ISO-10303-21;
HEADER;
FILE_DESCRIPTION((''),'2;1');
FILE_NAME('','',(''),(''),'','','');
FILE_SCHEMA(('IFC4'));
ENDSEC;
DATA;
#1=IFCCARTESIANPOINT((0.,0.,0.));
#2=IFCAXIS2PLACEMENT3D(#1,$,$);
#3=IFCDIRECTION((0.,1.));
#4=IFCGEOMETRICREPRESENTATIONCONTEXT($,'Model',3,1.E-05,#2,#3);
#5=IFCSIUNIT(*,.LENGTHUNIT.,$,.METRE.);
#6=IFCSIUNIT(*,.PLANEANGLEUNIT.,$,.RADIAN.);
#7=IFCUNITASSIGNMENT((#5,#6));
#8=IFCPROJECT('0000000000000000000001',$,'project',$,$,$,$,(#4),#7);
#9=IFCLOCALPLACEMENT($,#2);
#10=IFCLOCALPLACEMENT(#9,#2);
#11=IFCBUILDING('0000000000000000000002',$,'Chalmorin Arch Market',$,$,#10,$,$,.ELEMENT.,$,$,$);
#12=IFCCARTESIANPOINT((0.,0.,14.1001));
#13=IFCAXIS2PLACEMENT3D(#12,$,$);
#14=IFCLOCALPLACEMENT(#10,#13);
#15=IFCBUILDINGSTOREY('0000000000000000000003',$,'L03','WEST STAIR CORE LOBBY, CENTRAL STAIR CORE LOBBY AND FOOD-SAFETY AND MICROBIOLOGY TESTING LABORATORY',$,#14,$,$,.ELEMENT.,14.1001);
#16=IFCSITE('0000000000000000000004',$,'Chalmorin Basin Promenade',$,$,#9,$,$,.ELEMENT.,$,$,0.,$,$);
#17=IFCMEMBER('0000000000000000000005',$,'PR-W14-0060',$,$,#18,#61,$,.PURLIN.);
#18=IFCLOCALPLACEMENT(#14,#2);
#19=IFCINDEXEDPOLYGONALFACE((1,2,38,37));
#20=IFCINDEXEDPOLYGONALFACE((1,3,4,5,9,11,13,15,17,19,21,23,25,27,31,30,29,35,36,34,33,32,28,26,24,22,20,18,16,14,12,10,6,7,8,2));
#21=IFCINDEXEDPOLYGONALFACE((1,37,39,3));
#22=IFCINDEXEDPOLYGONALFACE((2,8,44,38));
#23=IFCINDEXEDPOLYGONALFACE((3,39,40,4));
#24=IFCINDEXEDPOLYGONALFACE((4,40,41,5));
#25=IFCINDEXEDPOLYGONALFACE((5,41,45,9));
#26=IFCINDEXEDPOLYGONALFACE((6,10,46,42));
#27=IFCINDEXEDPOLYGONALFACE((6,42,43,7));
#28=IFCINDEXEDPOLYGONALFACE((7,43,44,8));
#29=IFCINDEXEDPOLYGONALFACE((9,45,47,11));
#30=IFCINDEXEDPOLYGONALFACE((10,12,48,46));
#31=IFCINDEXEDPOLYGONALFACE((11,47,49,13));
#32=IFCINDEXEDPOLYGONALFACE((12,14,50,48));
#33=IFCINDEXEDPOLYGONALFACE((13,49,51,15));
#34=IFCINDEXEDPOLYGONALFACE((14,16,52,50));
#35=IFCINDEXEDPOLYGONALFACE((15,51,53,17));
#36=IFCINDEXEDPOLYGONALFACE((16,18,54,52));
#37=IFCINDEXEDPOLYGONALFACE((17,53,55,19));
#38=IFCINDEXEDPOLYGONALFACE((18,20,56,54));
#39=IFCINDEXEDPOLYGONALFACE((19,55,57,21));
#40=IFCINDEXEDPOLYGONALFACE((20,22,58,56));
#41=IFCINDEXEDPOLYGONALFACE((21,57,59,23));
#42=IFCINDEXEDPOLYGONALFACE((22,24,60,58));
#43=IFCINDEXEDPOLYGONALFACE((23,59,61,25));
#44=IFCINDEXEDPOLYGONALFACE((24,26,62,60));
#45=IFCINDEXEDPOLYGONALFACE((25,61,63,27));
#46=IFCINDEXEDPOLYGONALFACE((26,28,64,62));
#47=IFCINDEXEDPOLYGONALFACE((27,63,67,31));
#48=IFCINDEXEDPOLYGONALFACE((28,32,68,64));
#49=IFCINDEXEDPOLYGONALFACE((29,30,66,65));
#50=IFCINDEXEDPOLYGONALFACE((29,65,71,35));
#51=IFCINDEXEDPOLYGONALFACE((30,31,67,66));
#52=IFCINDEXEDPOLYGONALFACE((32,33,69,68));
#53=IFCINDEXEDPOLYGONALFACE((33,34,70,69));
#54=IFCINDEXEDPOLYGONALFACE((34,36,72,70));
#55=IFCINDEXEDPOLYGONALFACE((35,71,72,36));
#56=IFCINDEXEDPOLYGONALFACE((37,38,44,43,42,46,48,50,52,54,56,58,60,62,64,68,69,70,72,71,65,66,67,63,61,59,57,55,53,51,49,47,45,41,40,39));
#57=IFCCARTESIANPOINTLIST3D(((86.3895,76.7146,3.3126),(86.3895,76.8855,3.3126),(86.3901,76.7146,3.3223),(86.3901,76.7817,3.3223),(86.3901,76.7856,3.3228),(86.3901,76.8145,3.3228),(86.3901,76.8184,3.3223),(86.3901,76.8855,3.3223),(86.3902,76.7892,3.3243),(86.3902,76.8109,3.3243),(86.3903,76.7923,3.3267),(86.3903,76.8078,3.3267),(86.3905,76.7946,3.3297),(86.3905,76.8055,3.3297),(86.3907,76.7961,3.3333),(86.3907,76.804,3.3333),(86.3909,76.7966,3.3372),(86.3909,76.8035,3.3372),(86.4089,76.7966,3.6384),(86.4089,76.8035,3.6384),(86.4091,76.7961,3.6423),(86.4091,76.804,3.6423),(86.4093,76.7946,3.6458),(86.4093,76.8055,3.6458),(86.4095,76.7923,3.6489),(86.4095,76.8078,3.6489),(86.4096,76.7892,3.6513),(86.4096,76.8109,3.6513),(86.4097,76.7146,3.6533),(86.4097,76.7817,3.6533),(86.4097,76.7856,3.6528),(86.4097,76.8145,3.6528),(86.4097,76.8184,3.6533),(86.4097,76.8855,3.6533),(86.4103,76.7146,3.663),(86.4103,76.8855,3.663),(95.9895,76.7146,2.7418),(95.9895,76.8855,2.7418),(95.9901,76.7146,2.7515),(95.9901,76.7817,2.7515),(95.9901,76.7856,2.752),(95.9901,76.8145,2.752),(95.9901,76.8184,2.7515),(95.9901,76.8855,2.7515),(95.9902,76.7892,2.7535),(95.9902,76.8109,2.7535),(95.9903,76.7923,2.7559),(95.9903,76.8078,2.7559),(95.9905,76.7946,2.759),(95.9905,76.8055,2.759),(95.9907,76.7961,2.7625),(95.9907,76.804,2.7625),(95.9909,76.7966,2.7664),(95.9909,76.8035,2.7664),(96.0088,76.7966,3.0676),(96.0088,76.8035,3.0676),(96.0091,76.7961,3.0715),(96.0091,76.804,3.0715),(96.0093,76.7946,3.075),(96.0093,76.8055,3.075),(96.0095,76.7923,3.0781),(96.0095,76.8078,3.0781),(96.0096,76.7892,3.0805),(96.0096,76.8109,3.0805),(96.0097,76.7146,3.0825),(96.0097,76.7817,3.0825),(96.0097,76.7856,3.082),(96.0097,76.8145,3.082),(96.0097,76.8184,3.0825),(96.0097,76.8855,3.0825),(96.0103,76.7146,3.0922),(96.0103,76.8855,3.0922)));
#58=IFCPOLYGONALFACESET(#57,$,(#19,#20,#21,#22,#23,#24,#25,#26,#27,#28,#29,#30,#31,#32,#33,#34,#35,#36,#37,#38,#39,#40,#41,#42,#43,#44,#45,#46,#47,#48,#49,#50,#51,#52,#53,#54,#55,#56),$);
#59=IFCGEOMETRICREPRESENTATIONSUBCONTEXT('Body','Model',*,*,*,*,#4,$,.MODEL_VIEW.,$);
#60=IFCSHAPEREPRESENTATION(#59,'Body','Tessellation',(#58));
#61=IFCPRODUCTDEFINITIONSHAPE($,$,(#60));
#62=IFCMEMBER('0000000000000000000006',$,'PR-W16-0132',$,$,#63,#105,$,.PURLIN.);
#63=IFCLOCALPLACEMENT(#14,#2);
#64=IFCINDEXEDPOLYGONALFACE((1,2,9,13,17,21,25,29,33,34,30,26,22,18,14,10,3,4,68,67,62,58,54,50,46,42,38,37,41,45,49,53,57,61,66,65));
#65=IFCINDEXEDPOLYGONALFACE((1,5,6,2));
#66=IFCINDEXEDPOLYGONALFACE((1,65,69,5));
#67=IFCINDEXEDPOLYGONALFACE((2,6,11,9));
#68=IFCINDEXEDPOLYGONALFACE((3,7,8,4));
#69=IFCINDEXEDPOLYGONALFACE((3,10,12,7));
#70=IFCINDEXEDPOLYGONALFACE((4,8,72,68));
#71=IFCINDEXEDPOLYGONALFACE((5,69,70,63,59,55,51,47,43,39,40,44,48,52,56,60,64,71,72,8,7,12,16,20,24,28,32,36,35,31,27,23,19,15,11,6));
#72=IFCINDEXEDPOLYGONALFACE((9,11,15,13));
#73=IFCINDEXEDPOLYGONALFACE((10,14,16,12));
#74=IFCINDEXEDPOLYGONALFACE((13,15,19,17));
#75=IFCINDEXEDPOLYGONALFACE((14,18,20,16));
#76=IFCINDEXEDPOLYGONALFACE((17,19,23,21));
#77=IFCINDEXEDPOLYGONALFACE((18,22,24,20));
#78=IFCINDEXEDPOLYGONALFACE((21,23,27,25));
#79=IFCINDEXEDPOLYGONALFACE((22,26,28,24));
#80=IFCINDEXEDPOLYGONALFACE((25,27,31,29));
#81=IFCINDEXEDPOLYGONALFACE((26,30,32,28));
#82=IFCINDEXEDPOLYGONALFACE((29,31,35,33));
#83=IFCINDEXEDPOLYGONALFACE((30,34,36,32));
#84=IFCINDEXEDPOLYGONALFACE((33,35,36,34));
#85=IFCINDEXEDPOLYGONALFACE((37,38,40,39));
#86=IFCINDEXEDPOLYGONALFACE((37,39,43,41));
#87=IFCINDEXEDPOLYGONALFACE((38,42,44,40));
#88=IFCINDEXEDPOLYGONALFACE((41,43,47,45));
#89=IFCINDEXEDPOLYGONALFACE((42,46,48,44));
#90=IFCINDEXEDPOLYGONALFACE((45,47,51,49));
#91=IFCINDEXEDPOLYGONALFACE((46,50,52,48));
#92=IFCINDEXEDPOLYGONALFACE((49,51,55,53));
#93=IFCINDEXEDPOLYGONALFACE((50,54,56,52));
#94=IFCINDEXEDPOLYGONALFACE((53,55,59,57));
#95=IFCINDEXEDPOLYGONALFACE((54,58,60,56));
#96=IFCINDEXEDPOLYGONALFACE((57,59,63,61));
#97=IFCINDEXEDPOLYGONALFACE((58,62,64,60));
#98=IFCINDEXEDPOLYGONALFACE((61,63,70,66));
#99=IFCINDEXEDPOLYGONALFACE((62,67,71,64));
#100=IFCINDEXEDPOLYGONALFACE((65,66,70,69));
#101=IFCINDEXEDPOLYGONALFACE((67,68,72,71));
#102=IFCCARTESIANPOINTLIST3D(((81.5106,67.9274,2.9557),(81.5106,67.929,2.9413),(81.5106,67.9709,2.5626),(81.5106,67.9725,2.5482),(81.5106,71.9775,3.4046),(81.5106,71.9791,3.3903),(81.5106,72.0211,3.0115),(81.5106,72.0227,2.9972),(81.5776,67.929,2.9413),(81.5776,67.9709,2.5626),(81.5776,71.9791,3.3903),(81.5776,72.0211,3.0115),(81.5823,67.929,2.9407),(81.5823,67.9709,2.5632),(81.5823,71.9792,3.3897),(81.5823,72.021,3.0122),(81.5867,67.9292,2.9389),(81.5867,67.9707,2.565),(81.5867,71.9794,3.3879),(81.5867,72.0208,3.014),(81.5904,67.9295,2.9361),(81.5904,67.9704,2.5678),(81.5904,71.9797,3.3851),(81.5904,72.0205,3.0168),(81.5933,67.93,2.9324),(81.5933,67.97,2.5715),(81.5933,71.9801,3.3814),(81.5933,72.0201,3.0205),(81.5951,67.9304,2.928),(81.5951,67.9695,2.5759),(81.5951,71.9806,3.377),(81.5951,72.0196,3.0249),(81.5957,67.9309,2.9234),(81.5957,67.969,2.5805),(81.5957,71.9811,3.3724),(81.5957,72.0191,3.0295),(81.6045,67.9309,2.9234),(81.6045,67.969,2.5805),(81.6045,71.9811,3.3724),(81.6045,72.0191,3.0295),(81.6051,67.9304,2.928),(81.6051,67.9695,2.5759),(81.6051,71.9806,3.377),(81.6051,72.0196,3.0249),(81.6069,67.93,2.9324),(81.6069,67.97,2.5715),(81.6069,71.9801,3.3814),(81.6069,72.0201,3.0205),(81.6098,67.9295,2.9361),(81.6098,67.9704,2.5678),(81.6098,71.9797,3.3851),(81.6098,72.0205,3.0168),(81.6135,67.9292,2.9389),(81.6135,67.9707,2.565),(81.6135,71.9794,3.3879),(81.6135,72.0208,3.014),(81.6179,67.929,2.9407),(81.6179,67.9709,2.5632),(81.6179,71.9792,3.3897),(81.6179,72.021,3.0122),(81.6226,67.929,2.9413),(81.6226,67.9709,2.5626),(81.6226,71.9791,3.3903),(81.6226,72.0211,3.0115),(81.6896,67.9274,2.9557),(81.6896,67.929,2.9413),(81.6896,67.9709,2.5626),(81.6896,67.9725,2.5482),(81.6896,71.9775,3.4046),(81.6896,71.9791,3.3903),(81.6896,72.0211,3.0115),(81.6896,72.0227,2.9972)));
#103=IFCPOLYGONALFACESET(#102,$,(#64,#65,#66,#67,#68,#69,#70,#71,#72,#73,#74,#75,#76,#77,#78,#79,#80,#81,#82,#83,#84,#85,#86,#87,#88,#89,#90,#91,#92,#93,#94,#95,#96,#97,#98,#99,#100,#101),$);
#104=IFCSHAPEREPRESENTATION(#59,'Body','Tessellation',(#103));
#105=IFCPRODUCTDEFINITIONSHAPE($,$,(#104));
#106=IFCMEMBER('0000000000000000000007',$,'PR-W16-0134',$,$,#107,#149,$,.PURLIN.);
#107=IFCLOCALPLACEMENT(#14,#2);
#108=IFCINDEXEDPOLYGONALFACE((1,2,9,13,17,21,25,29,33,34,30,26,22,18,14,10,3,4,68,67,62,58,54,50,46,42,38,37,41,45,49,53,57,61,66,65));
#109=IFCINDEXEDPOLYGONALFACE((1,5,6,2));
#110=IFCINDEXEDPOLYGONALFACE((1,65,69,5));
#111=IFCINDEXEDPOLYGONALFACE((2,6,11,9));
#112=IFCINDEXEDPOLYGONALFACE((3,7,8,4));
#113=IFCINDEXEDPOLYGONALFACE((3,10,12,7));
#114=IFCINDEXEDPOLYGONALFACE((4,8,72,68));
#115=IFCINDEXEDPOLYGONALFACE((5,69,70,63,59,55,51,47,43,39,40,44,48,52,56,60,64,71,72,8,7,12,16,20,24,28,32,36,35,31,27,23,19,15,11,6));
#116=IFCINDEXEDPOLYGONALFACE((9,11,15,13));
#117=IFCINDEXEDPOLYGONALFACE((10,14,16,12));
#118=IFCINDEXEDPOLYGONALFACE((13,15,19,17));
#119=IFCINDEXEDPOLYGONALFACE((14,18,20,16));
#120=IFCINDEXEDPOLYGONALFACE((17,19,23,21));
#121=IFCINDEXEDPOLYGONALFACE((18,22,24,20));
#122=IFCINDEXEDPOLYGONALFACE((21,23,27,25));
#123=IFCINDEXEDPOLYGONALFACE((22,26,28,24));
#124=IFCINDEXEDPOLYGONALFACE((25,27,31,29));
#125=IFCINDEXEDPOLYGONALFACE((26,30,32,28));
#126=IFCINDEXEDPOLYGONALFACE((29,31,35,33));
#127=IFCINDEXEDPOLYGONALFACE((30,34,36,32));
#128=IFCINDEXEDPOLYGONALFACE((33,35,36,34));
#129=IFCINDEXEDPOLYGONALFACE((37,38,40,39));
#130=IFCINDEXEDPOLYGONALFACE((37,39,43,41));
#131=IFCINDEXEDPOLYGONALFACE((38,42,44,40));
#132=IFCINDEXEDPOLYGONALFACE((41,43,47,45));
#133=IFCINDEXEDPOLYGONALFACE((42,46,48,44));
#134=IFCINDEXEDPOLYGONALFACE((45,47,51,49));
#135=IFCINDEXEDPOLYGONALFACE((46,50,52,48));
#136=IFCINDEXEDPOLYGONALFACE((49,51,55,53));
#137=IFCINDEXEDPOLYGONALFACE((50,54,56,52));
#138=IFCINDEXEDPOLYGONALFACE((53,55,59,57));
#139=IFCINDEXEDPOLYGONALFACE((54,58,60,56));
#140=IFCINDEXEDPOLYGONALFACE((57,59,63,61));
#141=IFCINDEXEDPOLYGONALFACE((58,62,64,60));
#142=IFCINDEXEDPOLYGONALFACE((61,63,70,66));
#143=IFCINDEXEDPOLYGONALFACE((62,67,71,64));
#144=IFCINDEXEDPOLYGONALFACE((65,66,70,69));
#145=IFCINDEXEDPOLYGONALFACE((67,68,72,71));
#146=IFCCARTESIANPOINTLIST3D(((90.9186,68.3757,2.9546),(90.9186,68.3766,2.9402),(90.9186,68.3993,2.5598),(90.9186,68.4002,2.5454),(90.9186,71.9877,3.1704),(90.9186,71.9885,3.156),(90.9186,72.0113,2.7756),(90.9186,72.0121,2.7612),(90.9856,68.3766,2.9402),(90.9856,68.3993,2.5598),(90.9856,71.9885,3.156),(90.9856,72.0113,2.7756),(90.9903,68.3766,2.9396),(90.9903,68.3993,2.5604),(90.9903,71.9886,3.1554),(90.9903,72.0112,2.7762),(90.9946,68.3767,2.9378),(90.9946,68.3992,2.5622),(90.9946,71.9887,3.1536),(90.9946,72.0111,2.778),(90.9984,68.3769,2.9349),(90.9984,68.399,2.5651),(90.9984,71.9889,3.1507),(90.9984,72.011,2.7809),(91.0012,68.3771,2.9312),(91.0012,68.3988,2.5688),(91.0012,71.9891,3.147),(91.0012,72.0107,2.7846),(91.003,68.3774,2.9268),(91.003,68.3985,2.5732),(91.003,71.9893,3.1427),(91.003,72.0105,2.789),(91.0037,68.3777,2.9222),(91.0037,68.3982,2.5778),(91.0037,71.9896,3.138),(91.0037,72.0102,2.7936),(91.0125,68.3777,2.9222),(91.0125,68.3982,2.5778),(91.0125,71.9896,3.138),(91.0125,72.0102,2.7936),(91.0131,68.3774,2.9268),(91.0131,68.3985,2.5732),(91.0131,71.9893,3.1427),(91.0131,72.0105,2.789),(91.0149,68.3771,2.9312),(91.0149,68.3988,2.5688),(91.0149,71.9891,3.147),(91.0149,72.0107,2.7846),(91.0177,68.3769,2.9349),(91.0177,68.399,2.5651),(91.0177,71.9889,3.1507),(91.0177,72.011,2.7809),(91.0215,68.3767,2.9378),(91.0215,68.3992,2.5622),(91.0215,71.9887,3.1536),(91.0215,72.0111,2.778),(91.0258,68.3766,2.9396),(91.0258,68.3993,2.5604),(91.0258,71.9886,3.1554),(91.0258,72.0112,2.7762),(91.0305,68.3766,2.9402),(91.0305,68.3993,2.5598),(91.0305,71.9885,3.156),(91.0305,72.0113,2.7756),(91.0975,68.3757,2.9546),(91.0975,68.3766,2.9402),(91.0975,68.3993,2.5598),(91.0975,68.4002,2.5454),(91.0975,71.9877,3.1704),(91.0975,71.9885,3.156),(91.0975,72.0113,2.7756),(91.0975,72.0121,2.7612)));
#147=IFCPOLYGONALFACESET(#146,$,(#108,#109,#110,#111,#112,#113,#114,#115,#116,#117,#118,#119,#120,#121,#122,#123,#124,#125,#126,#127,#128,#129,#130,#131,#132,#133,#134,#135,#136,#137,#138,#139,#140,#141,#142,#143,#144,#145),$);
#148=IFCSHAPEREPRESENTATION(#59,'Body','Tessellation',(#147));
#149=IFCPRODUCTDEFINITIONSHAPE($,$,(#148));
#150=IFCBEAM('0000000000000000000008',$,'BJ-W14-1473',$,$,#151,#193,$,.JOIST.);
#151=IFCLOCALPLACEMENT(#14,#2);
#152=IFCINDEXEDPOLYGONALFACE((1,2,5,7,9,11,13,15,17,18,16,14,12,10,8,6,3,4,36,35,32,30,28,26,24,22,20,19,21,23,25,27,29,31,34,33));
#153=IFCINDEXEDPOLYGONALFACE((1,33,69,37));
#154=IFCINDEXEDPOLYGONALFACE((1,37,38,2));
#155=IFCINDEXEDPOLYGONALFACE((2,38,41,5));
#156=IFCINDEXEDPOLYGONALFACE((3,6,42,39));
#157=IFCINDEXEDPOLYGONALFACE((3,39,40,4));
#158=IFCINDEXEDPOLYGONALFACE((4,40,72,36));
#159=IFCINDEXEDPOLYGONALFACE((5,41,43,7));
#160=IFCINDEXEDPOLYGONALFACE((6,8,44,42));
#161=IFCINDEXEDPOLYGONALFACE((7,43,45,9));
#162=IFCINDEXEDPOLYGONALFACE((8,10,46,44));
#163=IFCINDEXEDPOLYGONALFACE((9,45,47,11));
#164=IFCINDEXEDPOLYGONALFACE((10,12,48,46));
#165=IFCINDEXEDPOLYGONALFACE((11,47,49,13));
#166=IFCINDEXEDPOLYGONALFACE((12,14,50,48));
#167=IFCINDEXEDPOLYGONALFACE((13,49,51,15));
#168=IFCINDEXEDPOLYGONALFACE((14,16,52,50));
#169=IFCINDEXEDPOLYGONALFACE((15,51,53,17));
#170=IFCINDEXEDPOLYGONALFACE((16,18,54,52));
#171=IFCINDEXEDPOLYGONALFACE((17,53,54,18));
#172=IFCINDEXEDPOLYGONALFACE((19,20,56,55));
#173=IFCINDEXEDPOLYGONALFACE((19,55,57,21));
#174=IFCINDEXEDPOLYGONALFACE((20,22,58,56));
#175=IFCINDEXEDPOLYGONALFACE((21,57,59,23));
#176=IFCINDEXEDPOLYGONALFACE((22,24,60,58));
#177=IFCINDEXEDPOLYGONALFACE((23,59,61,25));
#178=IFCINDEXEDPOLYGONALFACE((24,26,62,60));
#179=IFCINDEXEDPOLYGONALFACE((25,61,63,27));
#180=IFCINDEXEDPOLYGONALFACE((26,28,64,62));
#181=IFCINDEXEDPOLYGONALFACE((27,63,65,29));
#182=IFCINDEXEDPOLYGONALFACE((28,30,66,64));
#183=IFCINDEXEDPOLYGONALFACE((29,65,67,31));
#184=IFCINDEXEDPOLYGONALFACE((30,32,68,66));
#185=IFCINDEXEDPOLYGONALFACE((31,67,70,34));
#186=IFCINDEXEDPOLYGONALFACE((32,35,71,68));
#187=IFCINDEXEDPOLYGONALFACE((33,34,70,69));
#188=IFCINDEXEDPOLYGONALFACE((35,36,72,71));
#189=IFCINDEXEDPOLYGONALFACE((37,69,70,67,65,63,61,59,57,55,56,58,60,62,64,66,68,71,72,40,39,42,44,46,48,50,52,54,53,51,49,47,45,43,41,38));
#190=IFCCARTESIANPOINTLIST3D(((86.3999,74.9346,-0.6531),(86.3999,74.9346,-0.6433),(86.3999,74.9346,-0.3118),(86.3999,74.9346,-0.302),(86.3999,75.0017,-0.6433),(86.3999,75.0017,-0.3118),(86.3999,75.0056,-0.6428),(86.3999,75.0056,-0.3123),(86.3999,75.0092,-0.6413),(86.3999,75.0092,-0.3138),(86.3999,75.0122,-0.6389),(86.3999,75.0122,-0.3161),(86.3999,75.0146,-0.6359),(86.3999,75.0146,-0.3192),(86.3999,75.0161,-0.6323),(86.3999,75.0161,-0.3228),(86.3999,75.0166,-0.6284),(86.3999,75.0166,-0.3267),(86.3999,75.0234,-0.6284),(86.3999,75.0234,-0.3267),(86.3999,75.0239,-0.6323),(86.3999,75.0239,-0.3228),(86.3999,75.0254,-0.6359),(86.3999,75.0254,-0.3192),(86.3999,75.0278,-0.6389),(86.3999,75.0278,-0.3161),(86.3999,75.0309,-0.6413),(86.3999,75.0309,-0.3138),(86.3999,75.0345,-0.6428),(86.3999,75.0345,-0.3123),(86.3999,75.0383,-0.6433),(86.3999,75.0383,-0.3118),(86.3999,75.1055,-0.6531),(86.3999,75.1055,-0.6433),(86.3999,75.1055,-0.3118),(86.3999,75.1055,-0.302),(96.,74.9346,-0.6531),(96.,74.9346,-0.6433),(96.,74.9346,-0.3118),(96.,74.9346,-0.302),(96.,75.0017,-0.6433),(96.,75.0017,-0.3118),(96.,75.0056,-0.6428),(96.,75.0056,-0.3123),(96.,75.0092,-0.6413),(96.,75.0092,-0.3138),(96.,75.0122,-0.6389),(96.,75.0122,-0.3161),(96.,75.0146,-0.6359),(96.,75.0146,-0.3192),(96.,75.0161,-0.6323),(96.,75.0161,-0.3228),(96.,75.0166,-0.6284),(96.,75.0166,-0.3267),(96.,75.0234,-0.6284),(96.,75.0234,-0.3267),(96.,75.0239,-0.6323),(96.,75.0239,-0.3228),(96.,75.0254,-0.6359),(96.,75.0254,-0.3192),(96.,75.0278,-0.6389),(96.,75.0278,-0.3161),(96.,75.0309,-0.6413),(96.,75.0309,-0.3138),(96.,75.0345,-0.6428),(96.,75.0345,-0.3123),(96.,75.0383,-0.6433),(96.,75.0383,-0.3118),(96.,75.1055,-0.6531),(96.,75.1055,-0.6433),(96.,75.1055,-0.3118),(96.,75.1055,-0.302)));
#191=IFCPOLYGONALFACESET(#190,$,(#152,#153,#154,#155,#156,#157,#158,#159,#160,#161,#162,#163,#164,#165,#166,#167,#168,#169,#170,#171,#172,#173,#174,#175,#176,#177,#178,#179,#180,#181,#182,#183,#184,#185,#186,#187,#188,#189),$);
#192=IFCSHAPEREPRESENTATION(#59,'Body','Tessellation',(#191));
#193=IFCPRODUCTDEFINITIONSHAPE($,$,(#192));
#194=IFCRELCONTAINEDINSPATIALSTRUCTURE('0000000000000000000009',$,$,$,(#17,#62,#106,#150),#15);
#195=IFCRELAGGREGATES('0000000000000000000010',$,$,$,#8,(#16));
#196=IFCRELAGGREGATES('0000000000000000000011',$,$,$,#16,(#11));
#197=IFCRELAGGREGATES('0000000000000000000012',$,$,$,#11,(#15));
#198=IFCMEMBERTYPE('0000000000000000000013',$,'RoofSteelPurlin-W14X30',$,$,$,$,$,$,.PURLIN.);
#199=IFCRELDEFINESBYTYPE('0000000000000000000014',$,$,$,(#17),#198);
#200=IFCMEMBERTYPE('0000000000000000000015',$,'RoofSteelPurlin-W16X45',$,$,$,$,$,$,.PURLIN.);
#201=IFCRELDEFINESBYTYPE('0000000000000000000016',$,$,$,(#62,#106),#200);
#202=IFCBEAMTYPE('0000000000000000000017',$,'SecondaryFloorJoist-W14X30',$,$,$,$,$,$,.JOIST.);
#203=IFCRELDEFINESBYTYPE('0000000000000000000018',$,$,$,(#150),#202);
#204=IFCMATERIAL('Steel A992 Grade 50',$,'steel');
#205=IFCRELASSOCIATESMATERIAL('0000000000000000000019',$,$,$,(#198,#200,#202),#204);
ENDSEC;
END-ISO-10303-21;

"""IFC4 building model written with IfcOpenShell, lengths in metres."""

from ifc_helpers import new_model, si_unit, direction, frame, origin, origin_2d, place, context, subcontext, project, spatial, i_section, extrude, material, material_profile, profile_set, type_object, element, save


model = new_model("IFC4")

# Units and contexts
model_context = context("Model", 3, precision=1e-05, world=origin(), true_north=direction((0.0, 1.0)))
body_context = subcontext(model_context, "Body", "Model", "MODEL_VIEW")
ifc_project = project(units=[si_unit("LENGTHUNIT", "METRE"), si_unit("PLANEANGLEUNIT", "RADIAN")], contexts=[model_context])

# Site, building, storey
site_placement = place(None, origin())
site = spatial("IfcSite", under=ifc_project, at=site_placement, Name="Chalmorin Basin Promenade", CompositionType="ELEMENT", RefElevation=0.0)
building_placement = place(site_placement, origin())
building = spatial("IfcBuilding", under=site, at=building_placement, Name="Chalmorin Arch Market", CompositionType="ELEMENT")
storey_placement = place(building_placement, frame((0.0, 0.0, 14.1001)))
storey = spatial("IfcBuildingStorey", under=building, at=storey_placement, Name="L03", Description="WEST STAIR CORE LOBBY, CENTRAL STAIR CORE LOBBY AND FOOD-SAFETY AND MICROBIOLOGY TESTING LABORATORY", CompositionType="ELEMENT", Elevation=14.1001)

# Shared definitions
ifc_material_1 = material(Name="Steel A992 Grade 50", Category="steel")

# Members
ifc_material_profile_1 = material_profile(ifc_material_1, i_section(OverallWidth=0.1709, OverallDepth=0.3511, WebThickness=0.0068, FlangeThickness=0.0098, FilletRadius=0.0149, at=origin_2d()), Name="W14X30")
ifc_profile_set_1 = profile_set([ifc_material_profile_1], Name="Steel A992 Grade 50")
member_type_1 = type_object("IfcMemberType", Name="RoofSteelPurlin-W14X30", PredefinedType="PURLIN", material=ifc_profile_set_1)
member_1_placement = place(storey_placement, frame((86.3999, 76.8, 3.4878), z_axis=(0.998237, 0.0, -0.059353), x_axis=(0.0, 1.0, 0.0)))
element("IfcMember", 1, at=member_1_placement, inside=storey, type_object=member_type_1, Name="PR-W14-0060", PredefinedType="PURLIN", context=body_context, shape_type="SweptSolid", body=[
    extrude(i_section(OverallWidth=0.1709, OverallDepth=0.3511, WebThickness=0.0068, FlangeThickness=0.0098, FilletRadius=0.0149, at=origin_2d()), origin(), (0.0, 0.0, 1.0), 9.6169),
])
ifc_material_profile_2 = material_profile(ifc_material_1, i_section(OverallWidth=0.179, OverallDepth=0.4099, WebThickness=0.0088, FlangeThickness=0.0144, FilletRadius=0.0181, at=origin_2d()), Name="W16X45")
ifc_profile_set_2 = profile_set([ifc_material_profile_2], Name="Steel A992 Grade 50")
member_type_2 = type_object("IfcMemberType", Name="RoofSteelPurlin-W16X45", PredefinedType="PURLIN", material=ifc_profile_set_2)
member_2_placement = place(storey_placement, frame((81.6001, 67.95, 2.752), z_axis=(0.0, 0.993911, 0.110182), x_axis=(-1.0, 0.0, 0.0)))
element("IfcMember", 2, at=member_2_placement, inside=storey, type_object=member_type_2, Name="PR-W16-0132", PredefinedType="PURLIN", context=body_context, shape_type="SweptSolid", body=[
    extrude(i_section(OverallWidth=0.179, OverallDepth=0.4099, WebThickness=0.0088, FlangeThickness=0.0144, FilletRadius=0.0181, at=origin_2d()), origin(), (0.0, 0.0, 1.0), 4.075),
])
member_3_placement = place(storey_placement, frame((91.0081, 68.3879, 2.75), z_axis=(0.0, 0.99822, 0.059644), x_axis=(-1.0, 0.0, 0.0)))
element("IfcMember", 3, at=member_3_placement, inside=storey, type_object=member_type_2, Name="PR-W16-0134", PredefinedType="PURLIN", context=body_context, shape_type="SweptSolid", body=[
    extrude(i_section(OverallWidth=0.179, OverallDepth=0.4099, WebThickness=0.0088, FlangeThickness=0.0144, FilletRadius=0.0181, at=origin_2d()), origin(), (0.0, 0.0, 1.0), 3.6184),
])

# Beam
ifc_material_profile_3 = material_profile(ifc_material_1, i_section(OverallWidth=0.1709, OverallDepth=0.3511, WebThickness=0.0068, FlangeThickness=0.0098, FilletRadius=0.0149, at=origin_2d()), Name="W14X30")
ifc_profile_set_3 = profile_set([ifc_material_profile_3], Name="Steel A992 Grade 50")
beam_type_1 = type_object("IfcBeamType", Name="SecondaryFloorJoist-W14X30", PredefinedType="JOIST", material=ifc_profile_set_3)
beam_1_placement = place(storey_placement, frame((86.3999, 75.02, -0.4775), z_axis=(1.0, 0.0, 0.0), x_axis=(0.0, 1.0, 0.0)))
element("IfcBeam", 4, at=beam_1_placement, inside=storey, type_object=beam_type_1, Name="BJ-W14-1473", PredefinedType="JOIST", context=body_context, shape_type="SweptSolid", body=[
    extrude(i_section(OverallWidth=0.1709, OverallDepth=0.3511, WebThickness=0.0068, FlangeThickness=0.0098, FilletRadius=0.0149, at=origin_2d()), origin(), (0.0, 0.0, 1.0), 9.6001),
])

save(model, "model.ifc")
